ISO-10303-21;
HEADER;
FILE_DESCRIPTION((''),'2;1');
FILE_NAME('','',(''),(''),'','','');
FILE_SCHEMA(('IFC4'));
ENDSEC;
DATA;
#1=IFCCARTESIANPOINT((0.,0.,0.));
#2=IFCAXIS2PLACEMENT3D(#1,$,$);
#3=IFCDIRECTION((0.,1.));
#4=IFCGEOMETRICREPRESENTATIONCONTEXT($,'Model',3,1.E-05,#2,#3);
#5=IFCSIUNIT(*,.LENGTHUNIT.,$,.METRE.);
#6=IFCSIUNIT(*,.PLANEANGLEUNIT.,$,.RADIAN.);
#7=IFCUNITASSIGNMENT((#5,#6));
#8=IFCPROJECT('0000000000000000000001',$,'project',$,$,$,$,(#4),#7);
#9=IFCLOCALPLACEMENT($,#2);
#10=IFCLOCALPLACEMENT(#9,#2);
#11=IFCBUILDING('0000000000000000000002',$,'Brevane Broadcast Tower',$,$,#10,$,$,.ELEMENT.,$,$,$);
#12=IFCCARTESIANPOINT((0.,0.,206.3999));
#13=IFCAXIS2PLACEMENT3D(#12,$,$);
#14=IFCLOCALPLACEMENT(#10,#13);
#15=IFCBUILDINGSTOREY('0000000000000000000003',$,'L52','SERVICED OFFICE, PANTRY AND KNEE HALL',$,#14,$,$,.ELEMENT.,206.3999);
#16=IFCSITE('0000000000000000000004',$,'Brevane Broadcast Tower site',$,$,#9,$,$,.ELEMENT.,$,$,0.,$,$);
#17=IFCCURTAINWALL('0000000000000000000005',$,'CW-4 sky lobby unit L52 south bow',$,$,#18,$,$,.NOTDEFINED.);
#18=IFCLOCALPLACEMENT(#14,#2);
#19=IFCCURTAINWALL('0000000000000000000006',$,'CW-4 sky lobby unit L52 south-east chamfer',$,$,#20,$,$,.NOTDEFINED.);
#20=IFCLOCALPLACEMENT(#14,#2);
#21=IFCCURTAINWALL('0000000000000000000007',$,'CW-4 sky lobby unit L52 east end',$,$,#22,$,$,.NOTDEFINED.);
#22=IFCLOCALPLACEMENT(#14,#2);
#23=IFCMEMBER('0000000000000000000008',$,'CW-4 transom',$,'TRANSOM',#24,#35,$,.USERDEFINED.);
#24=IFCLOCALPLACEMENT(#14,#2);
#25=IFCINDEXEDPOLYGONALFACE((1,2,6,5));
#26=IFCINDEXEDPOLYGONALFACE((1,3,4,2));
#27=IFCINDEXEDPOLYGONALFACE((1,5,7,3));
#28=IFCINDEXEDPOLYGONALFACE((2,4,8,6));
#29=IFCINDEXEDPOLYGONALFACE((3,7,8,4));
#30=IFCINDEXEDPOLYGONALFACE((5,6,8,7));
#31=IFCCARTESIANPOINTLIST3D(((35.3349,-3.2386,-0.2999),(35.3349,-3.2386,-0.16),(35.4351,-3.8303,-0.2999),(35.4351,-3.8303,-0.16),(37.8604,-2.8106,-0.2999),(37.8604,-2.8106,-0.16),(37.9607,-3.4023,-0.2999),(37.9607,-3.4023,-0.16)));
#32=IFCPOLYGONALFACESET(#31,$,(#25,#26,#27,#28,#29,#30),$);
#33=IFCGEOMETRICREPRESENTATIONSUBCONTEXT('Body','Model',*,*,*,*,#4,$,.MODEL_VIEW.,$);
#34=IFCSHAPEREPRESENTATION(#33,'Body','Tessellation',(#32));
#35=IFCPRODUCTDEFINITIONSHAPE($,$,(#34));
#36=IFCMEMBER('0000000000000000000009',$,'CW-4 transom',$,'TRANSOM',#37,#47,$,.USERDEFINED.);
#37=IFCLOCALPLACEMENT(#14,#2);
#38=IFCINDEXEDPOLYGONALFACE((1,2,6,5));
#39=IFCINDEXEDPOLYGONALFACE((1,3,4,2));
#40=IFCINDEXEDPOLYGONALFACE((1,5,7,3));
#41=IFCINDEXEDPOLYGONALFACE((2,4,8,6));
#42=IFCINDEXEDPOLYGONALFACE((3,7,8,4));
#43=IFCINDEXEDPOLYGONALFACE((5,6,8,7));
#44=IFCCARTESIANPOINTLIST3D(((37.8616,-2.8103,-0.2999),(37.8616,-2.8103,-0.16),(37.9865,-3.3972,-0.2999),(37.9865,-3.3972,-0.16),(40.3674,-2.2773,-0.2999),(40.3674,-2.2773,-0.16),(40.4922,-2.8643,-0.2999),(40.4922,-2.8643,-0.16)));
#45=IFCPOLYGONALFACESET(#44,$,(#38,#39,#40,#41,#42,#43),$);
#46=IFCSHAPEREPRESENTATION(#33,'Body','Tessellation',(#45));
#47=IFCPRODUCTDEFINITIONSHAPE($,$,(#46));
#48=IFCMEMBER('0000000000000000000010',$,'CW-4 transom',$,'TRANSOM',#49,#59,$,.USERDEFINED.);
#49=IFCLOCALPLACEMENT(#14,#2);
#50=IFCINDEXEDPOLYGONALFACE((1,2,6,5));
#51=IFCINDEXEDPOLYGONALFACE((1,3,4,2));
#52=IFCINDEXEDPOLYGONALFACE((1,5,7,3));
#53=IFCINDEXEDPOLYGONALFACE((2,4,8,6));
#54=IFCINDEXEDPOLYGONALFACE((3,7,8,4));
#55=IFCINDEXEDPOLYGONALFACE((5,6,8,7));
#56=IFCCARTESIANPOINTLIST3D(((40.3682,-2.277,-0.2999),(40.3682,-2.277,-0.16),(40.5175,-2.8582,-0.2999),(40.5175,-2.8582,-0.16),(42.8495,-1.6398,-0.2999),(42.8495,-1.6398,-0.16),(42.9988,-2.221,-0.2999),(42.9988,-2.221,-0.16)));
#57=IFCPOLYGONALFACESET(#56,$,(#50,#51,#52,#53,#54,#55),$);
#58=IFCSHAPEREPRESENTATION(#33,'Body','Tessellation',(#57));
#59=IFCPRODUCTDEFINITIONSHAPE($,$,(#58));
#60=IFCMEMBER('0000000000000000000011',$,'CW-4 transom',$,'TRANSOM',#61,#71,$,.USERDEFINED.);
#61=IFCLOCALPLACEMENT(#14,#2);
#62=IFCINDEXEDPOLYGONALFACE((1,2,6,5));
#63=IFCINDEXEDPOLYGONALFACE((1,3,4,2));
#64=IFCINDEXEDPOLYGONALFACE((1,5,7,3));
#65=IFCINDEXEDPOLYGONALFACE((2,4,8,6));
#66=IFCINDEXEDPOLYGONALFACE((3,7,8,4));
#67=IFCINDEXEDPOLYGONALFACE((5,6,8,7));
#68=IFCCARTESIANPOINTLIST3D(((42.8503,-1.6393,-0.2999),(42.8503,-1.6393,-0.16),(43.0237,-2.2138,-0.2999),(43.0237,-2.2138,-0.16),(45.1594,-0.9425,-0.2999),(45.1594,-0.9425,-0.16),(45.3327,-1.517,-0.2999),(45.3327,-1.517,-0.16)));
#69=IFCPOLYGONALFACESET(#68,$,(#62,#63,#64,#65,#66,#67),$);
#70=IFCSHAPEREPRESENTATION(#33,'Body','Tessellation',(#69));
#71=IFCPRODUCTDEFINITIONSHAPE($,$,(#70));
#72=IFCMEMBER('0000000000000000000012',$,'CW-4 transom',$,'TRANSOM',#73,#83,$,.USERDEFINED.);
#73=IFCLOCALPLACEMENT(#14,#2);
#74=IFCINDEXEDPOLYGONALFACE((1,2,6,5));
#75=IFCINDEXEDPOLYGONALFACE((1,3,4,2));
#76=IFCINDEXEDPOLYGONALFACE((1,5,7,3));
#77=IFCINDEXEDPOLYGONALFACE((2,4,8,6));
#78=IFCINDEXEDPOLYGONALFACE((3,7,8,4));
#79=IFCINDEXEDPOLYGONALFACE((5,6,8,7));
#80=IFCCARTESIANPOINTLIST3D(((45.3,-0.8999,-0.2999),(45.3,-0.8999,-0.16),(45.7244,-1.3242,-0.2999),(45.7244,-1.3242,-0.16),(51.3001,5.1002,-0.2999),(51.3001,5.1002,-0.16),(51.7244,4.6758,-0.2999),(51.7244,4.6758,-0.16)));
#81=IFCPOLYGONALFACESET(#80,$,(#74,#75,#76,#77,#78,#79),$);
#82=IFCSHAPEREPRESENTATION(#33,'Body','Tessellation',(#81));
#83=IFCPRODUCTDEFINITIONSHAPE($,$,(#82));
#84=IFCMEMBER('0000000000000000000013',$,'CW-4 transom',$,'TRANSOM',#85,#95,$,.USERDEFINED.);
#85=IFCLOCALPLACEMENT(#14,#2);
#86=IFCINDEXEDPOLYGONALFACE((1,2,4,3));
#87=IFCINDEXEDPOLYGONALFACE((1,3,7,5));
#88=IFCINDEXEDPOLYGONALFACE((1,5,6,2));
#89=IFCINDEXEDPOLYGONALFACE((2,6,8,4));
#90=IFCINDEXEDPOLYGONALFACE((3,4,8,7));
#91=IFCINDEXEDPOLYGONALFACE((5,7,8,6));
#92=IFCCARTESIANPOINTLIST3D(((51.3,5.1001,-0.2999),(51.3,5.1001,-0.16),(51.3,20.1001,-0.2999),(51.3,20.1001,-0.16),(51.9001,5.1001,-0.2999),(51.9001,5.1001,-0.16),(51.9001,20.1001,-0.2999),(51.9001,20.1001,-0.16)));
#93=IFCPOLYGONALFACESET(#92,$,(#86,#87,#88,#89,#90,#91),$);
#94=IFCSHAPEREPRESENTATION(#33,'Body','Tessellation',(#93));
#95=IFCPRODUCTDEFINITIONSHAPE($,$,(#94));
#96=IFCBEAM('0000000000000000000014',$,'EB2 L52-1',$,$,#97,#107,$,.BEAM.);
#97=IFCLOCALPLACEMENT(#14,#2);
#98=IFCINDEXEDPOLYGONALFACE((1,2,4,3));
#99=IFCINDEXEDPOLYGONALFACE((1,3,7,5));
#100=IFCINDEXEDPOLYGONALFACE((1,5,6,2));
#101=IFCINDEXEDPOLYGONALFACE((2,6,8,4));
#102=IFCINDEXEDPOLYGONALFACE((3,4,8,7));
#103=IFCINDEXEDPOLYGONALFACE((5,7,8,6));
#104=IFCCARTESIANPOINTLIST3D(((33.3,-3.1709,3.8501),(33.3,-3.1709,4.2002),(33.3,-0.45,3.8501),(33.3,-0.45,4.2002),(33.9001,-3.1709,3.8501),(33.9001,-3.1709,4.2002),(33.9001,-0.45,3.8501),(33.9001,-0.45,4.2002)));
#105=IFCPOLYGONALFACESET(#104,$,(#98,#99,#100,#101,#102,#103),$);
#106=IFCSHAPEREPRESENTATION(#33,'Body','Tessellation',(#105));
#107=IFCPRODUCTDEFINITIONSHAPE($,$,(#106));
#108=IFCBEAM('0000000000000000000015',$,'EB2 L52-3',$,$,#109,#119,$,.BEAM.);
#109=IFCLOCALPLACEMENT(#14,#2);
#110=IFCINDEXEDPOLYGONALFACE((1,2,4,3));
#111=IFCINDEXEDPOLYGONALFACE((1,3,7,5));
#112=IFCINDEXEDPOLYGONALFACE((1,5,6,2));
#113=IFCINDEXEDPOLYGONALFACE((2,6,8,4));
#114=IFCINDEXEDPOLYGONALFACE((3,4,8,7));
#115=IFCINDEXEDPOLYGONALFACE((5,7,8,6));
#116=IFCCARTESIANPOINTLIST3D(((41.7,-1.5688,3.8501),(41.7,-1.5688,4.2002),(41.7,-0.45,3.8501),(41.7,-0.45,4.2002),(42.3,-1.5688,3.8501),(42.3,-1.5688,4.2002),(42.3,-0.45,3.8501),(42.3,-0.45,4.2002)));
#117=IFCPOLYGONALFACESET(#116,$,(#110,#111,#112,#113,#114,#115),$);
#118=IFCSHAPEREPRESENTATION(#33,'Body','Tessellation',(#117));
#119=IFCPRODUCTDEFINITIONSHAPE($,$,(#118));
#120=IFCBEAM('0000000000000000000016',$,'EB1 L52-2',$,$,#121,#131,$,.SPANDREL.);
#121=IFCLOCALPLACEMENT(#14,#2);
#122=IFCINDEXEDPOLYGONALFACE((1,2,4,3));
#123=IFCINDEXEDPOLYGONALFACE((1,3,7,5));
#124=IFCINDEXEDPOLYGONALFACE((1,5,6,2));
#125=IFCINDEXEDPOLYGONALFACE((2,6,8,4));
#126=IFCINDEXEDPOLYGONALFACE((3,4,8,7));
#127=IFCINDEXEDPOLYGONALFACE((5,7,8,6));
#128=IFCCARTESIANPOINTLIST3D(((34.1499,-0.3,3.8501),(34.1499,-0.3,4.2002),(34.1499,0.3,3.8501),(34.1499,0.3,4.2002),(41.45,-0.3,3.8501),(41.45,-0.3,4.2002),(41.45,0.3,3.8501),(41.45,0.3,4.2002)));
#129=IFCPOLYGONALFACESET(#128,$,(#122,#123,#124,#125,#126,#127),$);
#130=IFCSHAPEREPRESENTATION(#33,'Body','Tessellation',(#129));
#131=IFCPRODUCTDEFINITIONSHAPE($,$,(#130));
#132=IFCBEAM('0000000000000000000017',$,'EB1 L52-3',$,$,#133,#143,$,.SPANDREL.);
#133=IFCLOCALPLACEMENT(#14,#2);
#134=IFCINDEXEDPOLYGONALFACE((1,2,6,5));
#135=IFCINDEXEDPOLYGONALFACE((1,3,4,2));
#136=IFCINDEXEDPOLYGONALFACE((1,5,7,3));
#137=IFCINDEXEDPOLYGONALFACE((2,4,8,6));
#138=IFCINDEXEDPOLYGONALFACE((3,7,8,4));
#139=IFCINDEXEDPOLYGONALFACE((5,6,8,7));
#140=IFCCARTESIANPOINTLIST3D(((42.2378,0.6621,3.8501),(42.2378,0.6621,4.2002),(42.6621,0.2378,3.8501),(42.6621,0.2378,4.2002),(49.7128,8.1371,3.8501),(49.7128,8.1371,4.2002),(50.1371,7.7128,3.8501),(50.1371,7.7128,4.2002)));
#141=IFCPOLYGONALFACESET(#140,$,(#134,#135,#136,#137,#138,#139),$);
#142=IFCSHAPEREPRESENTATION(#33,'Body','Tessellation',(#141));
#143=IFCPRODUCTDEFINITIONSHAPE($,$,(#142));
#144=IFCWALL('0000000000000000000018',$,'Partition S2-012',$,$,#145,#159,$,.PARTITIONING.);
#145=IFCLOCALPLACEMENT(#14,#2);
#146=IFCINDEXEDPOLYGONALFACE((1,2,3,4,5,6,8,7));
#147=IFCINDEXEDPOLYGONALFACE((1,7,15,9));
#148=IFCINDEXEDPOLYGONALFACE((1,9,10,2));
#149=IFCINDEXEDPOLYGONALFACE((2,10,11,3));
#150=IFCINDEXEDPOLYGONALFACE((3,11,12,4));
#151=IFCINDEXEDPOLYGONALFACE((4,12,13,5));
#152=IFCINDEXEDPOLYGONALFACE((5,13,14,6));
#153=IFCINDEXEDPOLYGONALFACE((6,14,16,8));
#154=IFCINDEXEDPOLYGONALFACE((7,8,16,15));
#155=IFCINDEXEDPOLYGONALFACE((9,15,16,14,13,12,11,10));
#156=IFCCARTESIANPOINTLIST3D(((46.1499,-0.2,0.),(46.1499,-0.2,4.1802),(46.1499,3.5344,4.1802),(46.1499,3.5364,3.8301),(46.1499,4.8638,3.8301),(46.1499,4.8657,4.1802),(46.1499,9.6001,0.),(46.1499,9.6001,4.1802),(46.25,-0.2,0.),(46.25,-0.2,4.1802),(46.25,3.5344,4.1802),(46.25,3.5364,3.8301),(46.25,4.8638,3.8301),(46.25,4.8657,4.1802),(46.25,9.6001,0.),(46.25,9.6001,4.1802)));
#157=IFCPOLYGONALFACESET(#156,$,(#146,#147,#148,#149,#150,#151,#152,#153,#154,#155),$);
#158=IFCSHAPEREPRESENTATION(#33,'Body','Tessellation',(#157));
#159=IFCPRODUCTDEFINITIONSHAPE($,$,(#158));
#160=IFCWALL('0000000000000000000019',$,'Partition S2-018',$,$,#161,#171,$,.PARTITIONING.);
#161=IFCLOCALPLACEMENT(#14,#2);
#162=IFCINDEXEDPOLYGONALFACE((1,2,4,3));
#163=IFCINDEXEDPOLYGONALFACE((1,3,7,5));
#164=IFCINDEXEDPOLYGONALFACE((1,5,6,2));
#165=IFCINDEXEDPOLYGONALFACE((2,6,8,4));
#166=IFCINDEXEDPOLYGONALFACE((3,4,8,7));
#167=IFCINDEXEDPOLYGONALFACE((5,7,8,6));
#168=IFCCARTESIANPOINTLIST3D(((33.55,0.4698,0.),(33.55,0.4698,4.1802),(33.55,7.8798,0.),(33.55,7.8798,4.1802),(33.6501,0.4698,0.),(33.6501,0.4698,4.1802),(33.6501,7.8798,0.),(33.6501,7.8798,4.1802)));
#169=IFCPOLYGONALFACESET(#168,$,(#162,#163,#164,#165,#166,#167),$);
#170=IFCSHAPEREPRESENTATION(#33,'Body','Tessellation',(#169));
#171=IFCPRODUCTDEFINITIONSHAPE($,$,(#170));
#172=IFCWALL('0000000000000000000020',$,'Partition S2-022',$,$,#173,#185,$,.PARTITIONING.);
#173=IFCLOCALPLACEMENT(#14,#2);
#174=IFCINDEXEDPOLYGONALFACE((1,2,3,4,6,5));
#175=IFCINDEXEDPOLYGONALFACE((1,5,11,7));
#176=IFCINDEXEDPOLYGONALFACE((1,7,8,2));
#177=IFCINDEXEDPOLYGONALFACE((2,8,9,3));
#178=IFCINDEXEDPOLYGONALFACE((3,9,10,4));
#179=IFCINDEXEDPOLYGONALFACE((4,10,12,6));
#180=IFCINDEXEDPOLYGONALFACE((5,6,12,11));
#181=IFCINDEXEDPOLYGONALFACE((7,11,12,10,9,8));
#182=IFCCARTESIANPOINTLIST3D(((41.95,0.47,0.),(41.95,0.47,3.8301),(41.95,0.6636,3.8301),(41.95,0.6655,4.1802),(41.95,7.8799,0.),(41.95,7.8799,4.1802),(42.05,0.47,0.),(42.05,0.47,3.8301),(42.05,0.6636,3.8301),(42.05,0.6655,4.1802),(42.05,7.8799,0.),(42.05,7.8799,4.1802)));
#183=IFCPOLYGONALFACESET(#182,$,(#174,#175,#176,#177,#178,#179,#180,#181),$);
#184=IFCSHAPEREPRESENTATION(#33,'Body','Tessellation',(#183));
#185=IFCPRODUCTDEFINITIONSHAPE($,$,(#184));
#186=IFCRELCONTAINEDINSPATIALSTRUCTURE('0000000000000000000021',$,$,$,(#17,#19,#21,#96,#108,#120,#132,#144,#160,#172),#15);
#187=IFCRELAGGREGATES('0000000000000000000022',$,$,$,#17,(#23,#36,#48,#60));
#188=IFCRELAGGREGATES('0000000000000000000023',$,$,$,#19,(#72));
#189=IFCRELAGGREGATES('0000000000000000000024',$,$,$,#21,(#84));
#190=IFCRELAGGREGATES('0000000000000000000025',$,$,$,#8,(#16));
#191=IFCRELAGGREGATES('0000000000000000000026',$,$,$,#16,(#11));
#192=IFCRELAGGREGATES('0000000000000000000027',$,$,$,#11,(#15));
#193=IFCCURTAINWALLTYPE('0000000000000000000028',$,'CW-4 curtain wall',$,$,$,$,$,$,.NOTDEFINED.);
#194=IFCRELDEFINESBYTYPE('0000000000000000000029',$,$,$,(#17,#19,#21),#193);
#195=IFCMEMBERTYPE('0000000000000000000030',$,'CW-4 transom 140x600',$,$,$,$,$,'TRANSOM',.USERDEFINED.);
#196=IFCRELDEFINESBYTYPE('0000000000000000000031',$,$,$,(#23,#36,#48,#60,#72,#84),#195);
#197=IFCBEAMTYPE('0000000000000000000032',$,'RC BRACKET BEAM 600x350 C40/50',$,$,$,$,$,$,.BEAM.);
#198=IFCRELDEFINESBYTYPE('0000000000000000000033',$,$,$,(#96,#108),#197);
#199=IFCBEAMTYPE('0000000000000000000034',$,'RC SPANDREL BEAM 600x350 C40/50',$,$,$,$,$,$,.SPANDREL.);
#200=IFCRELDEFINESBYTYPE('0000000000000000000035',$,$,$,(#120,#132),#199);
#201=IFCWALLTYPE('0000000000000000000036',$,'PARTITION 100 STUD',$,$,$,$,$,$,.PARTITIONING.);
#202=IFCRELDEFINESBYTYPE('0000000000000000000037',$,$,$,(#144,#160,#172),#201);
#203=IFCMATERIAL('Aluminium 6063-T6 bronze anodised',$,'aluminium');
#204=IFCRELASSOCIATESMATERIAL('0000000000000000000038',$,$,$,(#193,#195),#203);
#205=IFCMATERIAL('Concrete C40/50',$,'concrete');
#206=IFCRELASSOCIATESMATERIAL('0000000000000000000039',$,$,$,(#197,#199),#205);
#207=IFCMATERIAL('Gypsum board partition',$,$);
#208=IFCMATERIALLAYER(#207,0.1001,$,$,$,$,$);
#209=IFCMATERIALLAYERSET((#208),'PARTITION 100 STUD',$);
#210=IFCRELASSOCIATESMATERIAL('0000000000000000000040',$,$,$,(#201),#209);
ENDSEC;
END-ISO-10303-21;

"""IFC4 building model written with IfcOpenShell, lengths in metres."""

from ifc_helpers import new_model, si_unit, direction, frame, frame_2d, origin, origin_2d, place, context, subcontext, project, spatial, polyline, rectangle, outline, extrude, material, layer, layer_set, material_profile, profile_set, type_object, element, aggregate, save


model = new_model("IFC4")

# Units and contexts
model_context = context("Model", 3, precision=1e-05, world=origin(), true_north=direction((0.0, 1.0)))
body_context = subcontext(model_context, "Body", "Model", "MODEL_VIEW")
ifc_project = project(units=[si_unit("LENGTHUNIT", "METRE"), si_unit("PLANEANGLEUNIT", "RADIAN")], contexts=[model_context])

# Site, building, storey
site_placement = place(None, origin())
site = spatial("IfcSite", under=ifc_project, at=site_placement, Name="Brevane Broadcast Tower site", CompositionType="ELEMENT", RefElevation=0.0)
building_placement = place(site_placement, origin())
building = spatial("IfcBuilding", under=site, at=building_placement, Name="Brevane Broadcast Tower", CompositionType="ELEMENT")
storey_placement = place(building_placement, frame((0.0, 0.0, 206.3999)))
storey = spatial("IfcBuildingStorey", under=building, at=storey_placement, Name="L52", Description="SERVICED OFFICE, PANTRY AND KNEE HALL", CompositionType="ELEMENT", Elevation=206.3999)

# Curtain walls
ifc_material_1 = material(Name="Aluminium 6063-T6 bronze anodised", Category="aluminium")
curtain_wall_type = type_object("IfcCurtainWallType", Name="CW-4 curtain wall", PredefinedType="NOTDEFINED", material=ifc_material_1)
curtain_wall_1_placement = place(storey_placement, origin())
curtain_wall_1 = element("IfcCurtainWall", 1, at=curtain_wall_1_placement, inside=storey, type_object=curtain_wall_type, Name="CW-4 sky lobby unit L52 south bow", PredefinedType="NOTDEFINED")
curtain_wall_2_placement = place(storey_placement, origin())
curtain_wall_2 = element("IfcCurtainWall", 2, at=curtain_wall_2_placement, inside=storey, type_object=curtain_wall_type, Name="CW-4 sky lobby unit L52 south-east chamfer", PredefinedType="NOTDEFINED")

# Curtain wall
curtain_wall_3_placement = place(storey_placement, origin())
curtain_wall_3 = element("IfcCurtainWall", 3, at=curtain_wall_3_placement, inside=storey, type_object=curtain_wall_type, Name="CW-4 sky lobby unit L52 east end", PredefinedType="NOTDEFINED")

# Members
ifc_material_profile_1 = material_profile(ifc_material_1, rectangle(XDim=0.6001, YDim=0.1399, at=origin_2d()), Name="RECT 140x600")
ifc_profile_set_1 = profile_set([ifc_material_profile_1], Name="Aluminium 6063-T6 bronze anodised")
member_type_1 = type_object("IfcMemberType", Name="CW-4 transom 140x600", ElementType="TRANSOM", PredefinedType="USERDEFINED", material=ifc_profile_set_1)
member_1_placement = place(storey_placement, frame((35.385, -3.5344, -0.23), z_axis=(0.985945, 0.167072, 0.0), x_axis=(-0.167072, 0.985945, 0.0)))
member_1 = element("IfcMember", 4, at=member_1_placement, type_object=member_type_1, Name="CW-4 transom", ObjectType="TRANSOM", PredefinedType="USERDEFINED", context=body_context, shape_type="SweptSolid", body=[
    extrude(rectangle(XDim=0.6001, YDim=0.1399, at=origin_2d()), origin(), (0.0, 0.0, 1.0), 2.5615),
])
member_2_placement = place(storey_placement, frame((37.9241, -3.1038, -0.23), z_axis=(0.978118, 0.208051, 0.0), x_axis=(-0.208051, 0.978118, 0.0)))
member_2 = element("IfcMember", 5, at=member_2_placement, type_object=member_type_1, Name="CW-4 transom", ObjectType="TRANSOM", PredefinedType="USERDEFINED", context=body_context, shape_type="SweptSolid", body=[
    extrude(rectangle(XDim=0.6001, YDim=0.1399, at=origin_2d()), origin(), (0.0, 0.0, 1.0), 2.5618),
])
member_3_placement = place(storey_placement, frame((40.4429, -2.5676, -0.23), z_axis=(0.96857, 0.248742, 0.0), x_axis=(-0.248742, 0.96857, 0.0)))
member_3 = element("IfcMember", 6, at=member_3_placement, type_object=member_type_1, Name="CW-4 transom", ObjectType="TRANSOM", PredefinedType="USERDEFINED", context=body_context, shape_type="SweptSolid", body=[
    extrude(rectangle(XDim=0.6001, YDim=0.1399, at=origin_2d()), origin(), (0.0, 0.0, 1.0), 2.5618),
])
member_4_placement = place(storey_placement, frame((42.937, -1.9265, -0.23), z_axis=(0.957363, 0.288889, 0.0), x_axis=(-0.288889, 0.957363, 0.0)))
member_4 = element("IfcMember", 7, at=member_4_placement, type_object=member_type_1, Name="CW-4 transom", ObjectType="TRANSOM", PredefinedType="USERDEFINED", context=body_context, shape_type="SweptSolid", body=[
    extrude(rectangle(XDim=0.6001, YDim=0.1399, at=origin_2d()), origin(), (0.0, 0.0, 1.0), 2.4119),
])
aggregate(curtain_wall_1, [member_1, member_2, member_3, member_4])
member_5_placement = place(storey_placement, frame((45.5122, -1.1121, -0.23), z_axis=(0.707107, 0.707107, 0.0), x_axis=(-0.707107, 0.707107, 0.0)))
member_5 = element("IfcMember", 8, at=member_5_placement, type_object=member_type_1, Name="CW-4 transom", ObjectType="TRANSOM", PredefinedType="USERDEFINED", context=body_context, shape_type="SweptSolid", body=[
    extrude(rectangle(XDim=0.6001, YDim=0.1399, at=origin_2d()), origin(), (0.0, 0.0, 1.0), 8.4854),
])
aggregate(curtain_wall_2, [member_5])
member_6_placement = place(storey_placement, frame((51.6001, 5.1001, -0.23), z_axis=(0.0, 1.0, 0.0), x_axis=(-1.0, 0.0, 0.0)))
member_6 = element("IfcMember", 9, at=member_6_placement, type_object=member_type_1, Name="CW-4 transom", ObjectType="TRANSOM", PredefinedType="USERDEFINED", context=body_context, shape_type="SweptSolid", body=[
    extrude(rectangle(XDim=0.6001, YDim=0.1399, at=origin_2d()), origin(), (0.0, 0.0, 1.0), 15.0),
])
aggregate(curtain_wall_3, [member_6])

# Beams
ifc_material_2 = material(Name="Concrete C40/50", Category="concrete")
ifc_material_profile_2 = material_profile(ifc_material_2, rectangle(XDim=0.6001, YDim=0.3501, at=origin_2d()), Name="RC 600x350")
ifc_profile_set_2 = profile_set([ifc_material_profile_2], Name="Concrete C40/50")
beam_type_1 = type_object("IfcBeamType", Name="RC BRACKET BEAM 600x350 C40/50", PredefinedType="BEAM", material=ifc_profile_set_2)
beam_1_placement = place(storey_placement, frame((33.6001, -0.45, 4.0251), z_axis=(0.0, -1.0, 0.0), x_axis=(1.0, 0.0, 0.0)))
element("IfcBeam", 10, at=beam_1_placement, inside=storey, type_object=beam_type_1, Name="EB2 L52-1", PredefinedType="BEAM", context=body_context, shape_type="SweptSolid", body=[
    extrude(rectangle(XDim=0.6001, YDim=0.3501, at=origin_2d()), origin(), (0.0, 0.0, 1.0), 2.7209),
])
beam_2_placement = place(storey_placement, frame((42.0, -0.45, 4.0251), z_axis=(0.0, -1.0, 0.0), x_axis=(1.0, 0.0, 0.0)))
element("IfcBeam", 11, at=beam_2_placement, inside=storey, type_object=beam_type_1, Name="EB2 L52-3", PredefinedType="BEAM", context=body_context, shape_type="SweptSolid", body=[
    extrude(rectangle(XDim=0.6001, YDim=0.3501, at=origin_2d()), origin(), (0.0, 0.0, 1.0), 1.1189),
])
ifc_material_profile_3 = material_profile(ifc_material_2, rectangle(XDim=0.6001, YDim=0.3501, at=origin_2d()), Name="RC 600x350")
ifc_profile_set_3 = profile_set([ifc_material_profile_3], Name="Concrete C40/50")
beam_type_2 = type_object("IfcBeamType", Name="RC SPANDREL BEAM 600x350 C40/50", PredefinedType="SPANDREL", material=ifc_profile_set_3)
beam_3_placement = place(storey_placement, frame((34.1499, 0.0, 4.0251), z_axis=(1.0, 0.0, 0.0), x_axis=(0.0, 1.0, 0.0)))
element("IfcBeam", 12, at=beam_3_placement, inside=storey, type_object=beam_type_2, Name="EB1 L52-2", PredefinedType="SPANDREL", context=body_context, shape_type="SweptSolid", body=[
    extrude(rectangle(XDim=0.6001, YDim=0.3501, at=origin_2d()), origin(), (0.0, 0.0, 1.0), 7.3),
])
beam_4_placement = place(storey_placement, frame((42.45, 0.45, 4.0251), z_axis=(0.707107, 0.707107, 0.0), x_axis=(-0.707107, 0.707107, 0.0)))
element("IfcBeam", 13, at=beam_4_placement, inside=storey, type_object=beam_type_2, Name="EB1 L52-3", PredefinedType="SPANDREL", context=body_context, shape_type="SweptSolid", body=[
    extrude(rectangle(XDim=0.6001, YDim=0.3501, at=origin_2d()), origin(), (0.0, 0.0, 1.0), 10.5713),
])

# Walls
ifc_material_3 = material(Name="Gypsum board partition")
ifc_layer = layer(ifc_material_3, 0.1001)
ifc_layer_set = layer_set([ifc_layer], Name="PARTITION 100 STUD")
wall_type = type_object("IfcWallType", Name="PARTITION 100 STUD", PredefinedType="PARTITIONING", material=ifc_layer_set)
wall_1_placement = place(storey_placement, frame((46.2, -0.2, 0.0), z_axis=(0.0, 0.0, 1.0), x_axis=(0.0, 1.0, 0.0)))
element("IfcWall", 14, at=wall_1_placement, inside=storey, type_object=wall_type, Name="Partition S2-012", PredefinedType="PARTITIONING", context=body_context, shape_type="SweptSolid", body=[
    extrude(outline(polyline([(0.0, 0.0), (9.8, 0.0), (9.8, 4.1802), (5.0657, 4.1802), (5.0637, 3.8301), (3.7363, 3.8301), (3.7344, 4.1802), (0.0, 4.1802), (0.0, 0.0)])), frame((0.0, 0.05, 0.0), z_axis=(0.0, -1.0, 0.0), x_axis=(1.0, 0.0, 0.0)), (0.0, 0.0, 1.0), 0.1001),
])
wall_2_placement = place(storey_placement, frame((33.6001, 7.8799, 0.0), z_axis=(0.0, 0.0, 1.0), x_axis=(0.0, -1.0, 0.0)))
element("IfcWall", 15, at=wall_2_placement, inside=storey, type_object=wall_type, Name="Partition S2-018", PredefinedType="PARTITIONING", context=body_context, shape_type="SweptSolid", body=[
    extrude(rectangle(XDim=7.4099, YDim=0.1001, at=frame_2d((3.7051, 0.0))), origin(), (0.0, 0.0, 1.0), 4.1802),
])
wall_3_placement = place(storey_placement, frame((42.0, 7.8799, 0.0), z_axis=(0.0, 0.0, 1.0), x_axis=(0.0, -1.0, 0.0)))
element("IfcWall", 16, at=wall_3_placement, inside=storey, type_object=wall_type, Name="Partition S2-022", PredefinedType="PARTITIONING", context=body_context, shape_type="SweptSolid", body=[
    extrude(outline(polyline([(0.0, 0.0), (7.4099, 0.0), (7.4099, 3.8301), (7.2163, 3.8301), (7.2144, 4.1802), (0.0, 4.1802), (0.0, 0.0)])), frame((0.0, 0.05, 0.0), z_axis=(0.0, -1.0, 0.0), x_axis=(1.0, 0.0, 0.0)), (0.0, 0.0, 1.0), 0.1001),
])

save(model, "model.ifc")
